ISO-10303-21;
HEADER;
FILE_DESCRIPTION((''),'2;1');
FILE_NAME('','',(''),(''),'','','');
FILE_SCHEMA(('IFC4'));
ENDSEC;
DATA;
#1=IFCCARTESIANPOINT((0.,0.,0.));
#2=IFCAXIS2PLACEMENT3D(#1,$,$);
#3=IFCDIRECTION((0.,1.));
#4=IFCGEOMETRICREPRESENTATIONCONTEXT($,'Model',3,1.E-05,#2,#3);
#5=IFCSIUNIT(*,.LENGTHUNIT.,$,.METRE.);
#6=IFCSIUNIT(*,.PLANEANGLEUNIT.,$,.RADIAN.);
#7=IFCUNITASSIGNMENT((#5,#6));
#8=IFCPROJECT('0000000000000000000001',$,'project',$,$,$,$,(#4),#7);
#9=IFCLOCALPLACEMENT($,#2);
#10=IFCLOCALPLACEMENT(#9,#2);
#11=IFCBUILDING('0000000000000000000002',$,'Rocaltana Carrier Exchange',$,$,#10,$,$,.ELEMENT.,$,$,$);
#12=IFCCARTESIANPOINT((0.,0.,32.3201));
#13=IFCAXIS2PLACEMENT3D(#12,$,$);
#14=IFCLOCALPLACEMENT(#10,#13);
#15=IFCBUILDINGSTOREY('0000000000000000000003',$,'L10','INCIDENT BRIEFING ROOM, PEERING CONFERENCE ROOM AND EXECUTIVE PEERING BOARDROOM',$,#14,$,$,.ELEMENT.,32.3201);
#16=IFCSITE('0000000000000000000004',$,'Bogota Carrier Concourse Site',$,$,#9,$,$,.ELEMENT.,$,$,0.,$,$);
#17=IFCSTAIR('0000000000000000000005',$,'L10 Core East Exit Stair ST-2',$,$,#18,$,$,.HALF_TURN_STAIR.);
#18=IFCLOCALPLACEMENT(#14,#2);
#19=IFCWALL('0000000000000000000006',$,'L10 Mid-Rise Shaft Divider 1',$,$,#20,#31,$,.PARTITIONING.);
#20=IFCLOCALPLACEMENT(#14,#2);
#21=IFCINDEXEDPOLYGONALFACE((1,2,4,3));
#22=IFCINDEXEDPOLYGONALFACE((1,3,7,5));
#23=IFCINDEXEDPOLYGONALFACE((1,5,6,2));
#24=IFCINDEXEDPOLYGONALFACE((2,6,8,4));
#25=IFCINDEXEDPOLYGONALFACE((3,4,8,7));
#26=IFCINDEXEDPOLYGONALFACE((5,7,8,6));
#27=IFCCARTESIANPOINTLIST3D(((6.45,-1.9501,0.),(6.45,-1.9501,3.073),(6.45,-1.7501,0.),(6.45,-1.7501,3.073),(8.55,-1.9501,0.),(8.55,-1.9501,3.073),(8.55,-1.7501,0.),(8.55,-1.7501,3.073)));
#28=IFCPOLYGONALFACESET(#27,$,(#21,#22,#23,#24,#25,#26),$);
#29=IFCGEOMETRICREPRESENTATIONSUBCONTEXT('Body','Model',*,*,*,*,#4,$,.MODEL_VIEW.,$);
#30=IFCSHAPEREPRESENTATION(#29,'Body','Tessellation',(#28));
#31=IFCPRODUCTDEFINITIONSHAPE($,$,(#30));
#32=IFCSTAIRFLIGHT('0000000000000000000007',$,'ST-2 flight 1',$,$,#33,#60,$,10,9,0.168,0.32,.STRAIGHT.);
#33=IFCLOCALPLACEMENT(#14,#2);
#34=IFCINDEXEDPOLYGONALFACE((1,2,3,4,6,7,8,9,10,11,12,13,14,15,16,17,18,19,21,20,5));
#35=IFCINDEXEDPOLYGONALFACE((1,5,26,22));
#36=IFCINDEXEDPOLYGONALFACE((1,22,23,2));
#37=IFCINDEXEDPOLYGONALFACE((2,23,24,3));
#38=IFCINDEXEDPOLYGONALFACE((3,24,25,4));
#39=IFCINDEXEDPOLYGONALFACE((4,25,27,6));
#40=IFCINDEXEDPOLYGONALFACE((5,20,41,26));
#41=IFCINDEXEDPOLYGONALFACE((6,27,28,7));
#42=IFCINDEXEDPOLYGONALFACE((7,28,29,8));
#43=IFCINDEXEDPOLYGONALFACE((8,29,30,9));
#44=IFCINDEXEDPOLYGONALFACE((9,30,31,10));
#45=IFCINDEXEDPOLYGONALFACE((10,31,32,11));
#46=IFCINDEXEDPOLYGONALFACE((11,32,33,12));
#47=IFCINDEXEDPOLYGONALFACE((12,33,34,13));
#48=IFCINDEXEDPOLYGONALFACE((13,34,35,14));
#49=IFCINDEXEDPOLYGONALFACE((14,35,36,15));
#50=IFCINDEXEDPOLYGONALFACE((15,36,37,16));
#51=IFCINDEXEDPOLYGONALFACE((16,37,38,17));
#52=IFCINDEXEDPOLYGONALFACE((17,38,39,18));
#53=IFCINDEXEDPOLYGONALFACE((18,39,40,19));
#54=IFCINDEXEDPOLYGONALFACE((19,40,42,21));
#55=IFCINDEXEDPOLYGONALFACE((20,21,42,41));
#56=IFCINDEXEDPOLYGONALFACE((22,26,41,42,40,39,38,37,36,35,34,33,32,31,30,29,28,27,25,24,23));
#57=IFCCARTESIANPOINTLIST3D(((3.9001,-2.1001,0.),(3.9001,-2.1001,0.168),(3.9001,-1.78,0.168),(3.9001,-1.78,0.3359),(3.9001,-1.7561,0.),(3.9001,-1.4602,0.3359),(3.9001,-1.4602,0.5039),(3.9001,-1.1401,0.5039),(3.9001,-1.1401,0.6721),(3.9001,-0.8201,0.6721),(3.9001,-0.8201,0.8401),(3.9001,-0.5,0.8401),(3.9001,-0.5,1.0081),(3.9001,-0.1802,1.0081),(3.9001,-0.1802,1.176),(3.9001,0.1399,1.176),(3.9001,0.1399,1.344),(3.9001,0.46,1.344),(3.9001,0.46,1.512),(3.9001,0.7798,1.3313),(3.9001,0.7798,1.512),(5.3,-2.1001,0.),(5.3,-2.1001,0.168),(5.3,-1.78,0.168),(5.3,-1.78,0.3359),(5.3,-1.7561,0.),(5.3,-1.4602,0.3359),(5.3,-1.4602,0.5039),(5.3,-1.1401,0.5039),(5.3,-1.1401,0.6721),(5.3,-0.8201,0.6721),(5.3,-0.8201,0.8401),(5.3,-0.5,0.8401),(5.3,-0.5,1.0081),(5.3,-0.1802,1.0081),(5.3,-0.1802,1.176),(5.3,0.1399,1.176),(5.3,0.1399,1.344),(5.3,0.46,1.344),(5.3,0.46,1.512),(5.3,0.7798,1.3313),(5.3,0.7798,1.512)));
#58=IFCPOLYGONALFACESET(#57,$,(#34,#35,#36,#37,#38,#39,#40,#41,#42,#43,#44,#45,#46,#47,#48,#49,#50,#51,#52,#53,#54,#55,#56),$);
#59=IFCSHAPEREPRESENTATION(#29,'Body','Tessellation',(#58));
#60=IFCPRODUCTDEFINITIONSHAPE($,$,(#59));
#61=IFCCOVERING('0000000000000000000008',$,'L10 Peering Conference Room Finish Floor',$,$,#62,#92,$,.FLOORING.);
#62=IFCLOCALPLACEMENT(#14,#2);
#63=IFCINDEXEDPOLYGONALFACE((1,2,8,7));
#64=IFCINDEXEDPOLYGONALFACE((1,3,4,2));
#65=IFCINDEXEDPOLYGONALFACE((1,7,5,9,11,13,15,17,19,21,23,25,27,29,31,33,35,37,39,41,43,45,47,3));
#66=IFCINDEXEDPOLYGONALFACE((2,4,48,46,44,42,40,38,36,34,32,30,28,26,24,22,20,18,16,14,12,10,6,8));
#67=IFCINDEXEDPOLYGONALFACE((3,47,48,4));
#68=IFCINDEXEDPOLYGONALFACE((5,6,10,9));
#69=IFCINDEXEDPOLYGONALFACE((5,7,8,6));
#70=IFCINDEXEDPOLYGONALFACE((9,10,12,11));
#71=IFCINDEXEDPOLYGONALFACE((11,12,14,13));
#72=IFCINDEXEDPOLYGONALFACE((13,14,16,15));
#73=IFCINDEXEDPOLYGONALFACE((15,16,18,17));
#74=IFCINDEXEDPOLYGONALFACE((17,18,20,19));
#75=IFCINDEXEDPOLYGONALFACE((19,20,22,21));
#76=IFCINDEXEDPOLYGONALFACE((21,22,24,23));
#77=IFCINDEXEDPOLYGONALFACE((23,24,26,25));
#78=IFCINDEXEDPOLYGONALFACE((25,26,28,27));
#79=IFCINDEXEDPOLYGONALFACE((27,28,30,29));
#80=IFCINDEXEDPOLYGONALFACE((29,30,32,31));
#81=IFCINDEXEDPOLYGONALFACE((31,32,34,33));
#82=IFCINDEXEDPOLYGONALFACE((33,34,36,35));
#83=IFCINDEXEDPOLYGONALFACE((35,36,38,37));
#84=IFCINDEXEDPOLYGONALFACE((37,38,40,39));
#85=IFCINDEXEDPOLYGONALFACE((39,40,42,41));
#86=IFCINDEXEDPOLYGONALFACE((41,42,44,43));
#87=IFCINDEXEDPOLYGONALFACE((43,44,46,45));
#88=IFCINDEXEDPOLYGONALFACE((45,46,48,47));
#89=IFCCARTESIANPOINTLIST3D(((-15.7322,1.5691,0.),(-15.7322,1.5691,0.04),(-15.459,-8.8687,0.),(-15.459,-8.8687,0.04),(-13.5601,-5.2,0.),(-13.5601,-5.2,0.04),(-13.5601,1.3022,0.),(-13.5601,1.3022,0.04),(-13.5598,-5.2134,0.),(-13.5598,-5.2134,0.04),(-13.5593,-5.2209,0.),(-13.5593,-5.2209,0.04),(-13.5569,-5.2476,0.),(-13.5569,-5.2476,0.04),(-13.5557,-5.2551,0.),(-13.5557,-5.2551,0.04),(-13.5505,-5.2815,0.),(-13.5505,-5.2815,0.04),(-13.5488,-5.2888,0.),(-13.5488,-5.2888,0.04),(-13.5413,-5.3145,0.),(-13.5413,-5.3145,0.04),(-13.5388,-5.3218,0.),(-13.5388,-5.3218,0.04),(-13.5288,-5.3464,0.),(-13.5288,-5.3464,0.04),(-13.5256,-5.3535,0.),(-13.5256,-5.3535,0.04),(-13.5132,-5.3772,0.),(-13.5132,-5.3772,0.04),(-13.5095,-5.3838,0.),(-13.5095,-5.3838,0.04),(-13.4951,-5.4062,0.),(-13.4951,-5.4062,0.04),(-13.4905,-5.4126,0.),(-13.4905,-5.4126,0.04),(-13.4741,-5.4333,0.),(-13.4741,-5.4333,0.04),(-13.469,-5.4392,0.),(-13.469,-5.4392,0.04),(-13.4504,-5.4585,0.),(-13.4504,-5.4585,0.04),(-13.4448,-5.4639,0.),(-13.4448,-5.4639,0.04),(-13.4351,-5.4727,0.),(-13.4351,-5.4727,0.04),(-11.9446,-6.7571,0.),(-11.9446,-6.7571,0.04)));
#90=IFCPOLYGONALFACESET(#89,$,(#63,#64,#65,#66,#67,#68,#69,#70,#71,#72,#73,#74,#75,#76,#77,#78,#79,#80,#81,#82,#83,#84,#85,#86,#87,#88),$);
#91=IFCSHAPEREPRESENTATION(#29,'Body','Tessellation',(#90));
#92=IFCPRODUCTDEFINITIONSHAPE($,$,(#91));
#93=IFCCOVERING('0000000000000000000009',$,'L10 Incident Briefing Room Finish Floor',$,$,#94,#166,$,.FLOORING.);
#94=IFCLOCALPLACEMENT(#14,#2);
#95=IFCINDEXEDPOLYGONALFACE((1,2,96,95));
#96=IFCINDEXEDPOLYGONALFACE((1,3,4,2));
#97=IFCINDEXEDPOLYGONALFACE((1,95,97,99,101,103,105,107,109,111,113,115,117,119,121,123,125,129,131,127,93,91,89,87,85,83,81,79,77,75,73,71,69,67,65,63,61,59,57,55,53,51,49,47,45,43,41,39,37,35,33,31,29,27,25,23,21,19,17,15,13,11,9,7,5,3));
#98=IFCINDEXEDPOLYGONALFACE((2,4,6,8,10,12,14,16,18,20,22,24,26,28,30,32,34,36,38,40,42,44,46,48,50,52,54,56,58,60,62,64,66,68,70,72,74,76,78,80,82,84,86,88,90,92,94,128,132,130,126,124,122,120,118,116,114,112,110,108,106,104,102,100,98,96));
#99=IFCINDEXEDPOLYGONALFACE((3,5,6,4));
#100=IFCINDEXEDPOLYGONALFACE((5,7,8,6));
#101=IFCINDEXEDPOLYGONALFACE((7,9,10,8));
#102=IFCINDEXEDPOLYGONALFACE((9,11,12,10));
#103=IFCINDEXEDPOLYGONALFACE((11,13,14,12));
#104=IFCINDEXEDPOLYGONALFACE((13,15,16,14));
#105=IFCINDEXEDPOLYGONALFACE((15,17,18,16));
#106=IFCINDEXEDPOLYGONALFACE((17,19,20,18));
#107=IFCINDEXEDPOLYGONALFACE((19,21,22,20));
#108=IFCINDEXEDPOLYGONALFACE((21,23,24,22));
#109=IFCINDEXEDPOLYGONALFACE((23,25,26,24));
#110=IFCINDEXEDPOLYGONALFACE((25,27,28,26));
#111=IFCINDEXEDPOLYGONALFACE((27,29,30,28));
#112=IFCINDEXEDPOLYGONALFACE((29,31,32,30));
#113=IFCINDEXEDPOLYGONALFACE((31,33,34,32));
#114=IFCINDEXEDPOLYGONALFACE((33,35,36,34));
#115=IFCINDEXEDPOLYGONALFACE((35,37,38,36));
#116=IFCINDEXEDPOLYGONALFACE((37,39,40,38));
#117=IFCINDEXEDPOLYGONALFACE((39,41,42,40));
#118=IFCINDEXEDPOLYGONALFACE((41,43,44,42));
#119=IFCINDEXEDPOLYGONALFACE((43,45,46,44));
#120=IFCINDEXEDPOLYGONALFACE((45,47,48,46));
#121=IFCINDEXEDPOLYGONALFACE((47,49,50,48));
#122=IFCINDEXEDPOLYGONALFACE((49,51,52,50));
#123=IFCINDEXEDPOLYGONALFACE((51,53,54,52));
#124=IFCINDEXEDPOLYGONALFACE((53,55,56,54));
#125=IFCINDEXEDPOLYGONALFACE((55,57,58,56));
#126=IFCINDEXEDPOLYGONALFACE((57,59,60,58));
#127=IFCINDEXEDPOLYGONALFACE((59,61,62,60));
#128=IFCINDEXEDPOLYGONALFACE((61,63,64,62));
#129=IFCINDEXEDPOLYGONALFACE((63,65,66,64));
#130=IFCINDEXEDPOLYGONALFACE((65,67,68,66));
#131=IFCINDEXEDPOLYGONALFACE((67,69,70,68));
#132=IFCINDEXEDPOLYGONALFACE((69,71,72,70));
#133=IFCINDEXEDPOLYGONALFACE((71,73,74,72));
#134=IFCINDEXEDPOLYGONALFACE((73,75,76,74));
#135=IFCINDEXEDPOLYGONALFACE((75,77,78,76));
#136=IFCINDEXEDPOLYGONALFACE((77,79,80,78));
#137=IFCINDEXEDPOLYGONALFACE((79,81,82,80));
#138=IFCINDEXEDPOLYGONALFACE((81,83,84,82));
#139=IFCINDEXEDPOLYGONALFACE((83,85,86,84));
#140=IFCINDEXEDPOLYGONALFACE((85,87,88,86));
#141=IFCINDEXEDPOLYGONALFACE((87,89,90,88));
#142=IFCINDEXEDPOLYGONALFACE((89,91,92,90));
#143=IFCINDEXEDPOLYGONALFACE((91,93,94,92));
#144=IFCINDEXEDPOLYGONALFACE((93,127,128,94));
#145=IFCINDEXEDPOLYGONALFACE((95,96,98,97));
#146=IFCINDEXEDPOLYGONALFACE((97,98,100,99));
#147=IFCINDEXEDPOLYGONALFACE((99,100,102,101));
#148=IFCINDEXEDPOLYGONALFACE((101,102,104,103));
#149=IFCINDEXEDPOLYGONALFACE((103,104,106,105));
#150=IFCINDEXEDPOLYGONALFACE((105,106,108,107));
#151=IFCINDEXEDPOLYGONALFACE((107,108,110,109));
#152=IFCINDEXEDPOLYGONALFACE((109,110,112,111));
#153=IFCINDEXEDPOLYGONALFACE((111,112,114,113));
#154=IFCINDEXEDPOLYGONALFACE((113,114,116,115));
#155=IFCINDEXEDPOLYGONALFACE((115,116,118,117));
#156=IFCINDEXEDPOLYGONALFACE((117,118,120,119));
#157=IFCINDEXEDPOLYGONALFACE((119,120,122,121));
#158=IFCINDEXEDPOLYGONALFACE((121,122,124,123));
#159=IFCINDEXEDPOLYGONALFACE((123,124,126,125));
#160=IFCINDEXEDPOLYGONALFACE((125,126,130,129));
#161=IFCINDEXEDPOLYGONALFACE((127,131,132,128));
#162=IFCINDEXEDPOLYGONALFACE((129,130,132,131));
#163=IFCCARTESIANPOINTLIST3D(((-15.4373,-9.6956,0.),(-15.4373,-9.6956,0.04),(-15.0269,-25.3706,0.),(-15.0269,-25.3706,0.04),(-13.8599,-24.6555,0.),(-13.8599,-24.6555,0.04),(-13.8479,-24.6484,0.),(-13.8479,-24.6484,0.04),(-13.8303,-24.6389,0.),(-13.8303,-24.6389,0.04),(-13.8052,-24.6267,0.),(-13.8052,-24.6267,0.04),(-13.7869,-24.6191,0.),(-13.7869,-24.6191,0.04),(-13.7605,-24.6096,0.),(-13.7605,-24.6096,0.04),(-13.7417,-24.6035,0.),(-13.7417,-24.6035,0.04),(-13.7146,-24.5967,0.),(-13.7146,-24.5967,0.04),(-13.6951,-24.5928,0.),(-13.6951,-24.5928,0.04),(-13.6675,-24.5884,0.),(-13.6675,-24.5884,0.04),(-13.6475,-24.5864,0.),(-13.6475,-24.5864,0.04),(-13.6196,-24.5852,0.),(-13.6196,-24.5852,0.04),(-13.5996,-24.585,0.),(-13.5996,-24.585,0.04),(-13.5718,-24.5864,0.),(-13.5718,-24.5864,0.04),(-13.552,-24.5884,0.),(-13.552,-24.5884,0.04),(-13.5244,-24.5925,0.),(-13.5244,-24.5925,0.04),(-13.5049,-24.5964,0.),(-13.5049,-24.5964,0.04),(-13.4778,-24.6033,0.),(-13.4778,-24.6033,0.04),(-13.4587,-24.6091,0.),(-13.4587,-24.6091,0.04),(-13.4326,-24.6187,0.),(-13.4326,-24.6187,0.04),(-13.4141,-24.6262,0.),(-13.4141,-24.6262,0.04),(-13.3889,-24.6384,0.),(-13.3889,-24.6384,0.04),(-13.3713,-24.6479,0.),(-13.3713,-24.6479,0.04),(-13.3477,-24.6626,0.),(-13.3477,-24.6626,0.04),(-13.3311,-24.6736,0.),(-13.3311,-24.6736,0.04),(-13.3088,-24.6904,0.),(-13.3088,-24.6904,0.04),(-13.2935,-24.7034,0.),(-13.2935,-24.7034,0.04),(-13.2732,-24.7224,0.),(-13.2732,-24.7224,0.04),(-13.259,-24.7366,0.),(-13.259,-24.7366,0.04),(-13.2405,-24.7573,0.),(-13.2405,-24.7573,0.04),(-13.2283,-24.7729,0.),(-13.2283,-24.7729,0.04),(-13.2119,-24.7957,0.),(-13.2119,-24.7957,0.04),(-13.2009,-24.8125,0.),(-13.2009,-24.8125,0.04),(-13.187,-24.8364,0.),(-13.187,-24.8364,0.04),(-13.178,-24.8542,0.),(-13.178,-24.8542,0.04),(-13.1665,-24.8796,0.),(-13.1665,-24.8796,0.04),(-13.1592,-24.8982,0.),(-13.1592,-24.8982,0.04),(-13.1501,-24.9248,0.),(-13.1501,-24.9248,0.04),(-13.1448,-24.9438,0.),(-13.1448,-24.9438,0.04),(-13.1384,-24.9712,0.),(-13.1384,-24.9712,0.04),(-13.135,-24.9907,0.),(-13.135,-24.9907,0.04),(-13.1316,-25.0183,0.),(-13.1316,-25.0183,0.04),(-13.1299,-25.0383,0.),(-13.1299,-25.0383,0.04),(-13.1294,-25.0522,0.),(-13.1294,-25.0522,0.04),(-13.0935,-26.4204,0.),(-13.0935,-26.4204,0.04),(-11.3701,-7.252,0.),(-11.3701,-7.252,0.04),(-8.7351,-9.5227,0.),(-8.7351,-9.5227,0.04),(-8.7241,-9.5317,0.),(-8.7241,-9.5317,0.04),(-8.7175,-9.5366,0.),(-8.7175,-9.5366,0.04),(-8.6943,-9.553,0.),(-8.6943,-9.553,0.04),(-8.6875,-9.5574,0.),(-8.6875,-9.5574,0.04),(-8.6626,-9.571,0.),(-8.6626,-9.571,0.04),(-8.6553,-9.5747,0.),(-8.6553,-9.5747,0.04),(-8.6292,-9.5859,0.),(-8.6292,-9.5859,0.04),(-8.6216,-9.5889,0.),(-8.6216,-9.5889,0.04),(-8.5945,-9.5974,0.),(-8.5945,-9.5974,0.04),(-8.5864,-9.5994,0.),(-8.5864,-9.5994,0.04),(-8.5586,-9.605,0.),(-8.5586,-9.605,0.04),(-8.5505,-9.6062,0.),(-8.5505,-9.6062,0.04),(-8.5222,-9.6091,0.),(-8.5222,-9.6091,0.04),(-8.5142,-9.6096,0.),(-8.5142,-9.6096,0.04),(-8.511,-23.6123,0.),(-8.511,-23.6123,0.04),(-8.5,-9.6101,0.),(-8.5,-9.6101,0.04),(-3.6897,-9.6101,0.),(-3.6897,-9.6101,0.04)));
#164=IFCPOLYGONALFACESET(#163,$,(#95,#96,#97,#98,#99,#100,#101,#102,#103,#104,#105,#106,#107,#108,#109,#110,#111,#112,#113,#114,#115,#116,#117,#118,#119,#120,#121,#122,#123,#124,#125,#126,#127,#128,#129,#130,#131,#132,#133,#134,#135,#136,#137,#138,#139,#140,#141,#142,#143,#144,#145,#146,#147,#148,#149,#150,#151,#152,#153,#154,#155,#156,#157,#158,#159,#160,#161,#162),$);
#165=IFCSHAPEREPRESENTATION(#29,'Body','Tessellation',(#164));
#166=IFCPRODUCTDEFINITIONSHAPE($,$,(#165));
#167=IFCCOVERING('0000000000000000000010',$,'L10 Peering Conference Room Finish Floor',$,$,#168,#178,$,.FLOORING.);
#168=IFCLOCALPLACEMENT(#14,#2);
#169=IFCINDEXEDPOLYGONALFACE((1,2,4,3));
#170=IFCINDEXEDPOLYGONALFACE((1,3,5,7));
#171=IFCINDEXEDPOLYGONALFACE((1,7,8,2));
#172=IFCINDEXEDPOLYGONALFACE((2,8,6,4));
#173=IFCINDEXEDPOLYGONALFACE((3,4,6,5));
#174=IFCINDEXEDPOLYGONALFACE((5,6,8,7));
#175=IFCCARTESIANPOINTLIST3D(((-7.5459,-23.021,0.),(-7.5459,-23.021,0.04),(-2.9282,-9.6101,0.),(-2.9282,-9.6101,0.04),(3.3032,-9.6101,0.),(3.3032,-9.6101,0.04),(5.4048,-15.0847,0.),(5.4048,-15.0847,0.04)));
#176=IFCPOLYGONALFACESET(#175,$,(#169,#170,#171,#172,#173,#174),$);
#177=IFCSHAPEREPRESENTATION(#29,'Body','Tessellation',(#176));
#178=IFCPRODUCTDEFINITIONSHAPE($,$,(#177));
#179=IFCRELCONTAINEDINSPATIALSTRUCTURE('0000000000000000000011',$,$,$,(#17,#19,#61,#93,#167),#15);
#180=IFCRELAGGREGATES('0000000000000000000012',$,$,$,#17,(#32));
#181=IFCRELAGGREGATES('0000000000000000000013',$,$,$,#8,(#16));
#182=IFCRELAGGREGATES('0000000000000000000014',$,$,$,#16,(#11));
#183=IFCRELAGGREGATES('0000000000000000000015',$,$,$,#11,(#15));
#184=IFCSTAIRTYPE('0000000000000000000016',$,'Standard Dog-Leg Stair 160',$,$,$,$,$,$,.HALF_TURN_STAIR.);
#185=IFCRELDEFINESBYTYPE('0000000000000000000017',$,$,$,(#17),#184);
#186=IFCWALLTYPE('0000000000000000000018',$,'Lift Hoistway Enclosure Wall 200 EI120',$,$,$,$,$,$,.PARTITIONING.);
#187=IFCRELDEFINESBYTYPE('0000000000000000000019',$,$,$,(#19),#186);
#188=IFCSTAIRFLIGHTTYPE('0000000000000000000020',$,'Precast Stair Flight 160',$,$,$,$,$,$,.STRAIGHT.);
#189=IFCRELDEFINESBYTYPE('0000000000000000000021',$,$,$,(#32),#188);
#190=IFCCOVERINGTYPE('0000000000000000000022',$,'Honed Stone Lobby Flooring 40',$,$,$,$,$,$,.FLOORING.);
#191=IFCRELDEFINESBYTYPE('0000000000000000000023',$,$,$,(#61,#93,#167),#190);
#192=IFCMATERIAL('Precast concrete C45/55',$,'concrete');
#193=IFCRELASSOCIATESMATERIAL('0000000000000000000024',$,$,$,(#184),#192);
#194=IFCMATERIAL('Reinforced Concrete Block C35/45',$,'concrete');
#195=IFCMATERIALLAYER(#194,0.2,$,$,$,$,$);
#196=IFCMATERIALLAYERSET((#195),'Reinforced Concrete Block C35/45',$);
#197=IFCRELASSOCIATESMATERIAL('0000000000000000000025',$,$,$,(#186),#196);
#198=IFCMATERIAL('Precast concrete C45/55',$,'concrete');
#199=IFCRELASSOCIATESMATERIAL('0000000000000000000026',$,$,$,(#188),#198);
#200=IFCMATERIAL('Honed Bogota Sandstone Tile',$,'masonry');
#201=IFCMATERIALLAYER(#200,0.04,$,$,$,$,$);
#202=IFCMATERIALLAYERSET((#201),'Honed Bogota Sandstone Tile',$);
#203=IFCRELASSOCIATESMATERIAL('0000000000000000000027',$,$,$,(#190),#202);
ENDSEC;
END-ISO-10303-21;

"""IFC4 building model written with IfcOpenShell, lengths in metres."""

from ifc_helpers import new_model, si_unit, direction, frame, frame_2d, origin, place, context, subcontext, project, spatial, polyline, rectangle, outline, extrude, material, layer, layer_set, type_object, element, aggregate, save


model = new_model("IFC4")

# Units and contexts
model_context = context("Model", 3, precision=1e-05, world=origin(), true_north=direction((0.0, 1.0)))
body_context = subcontext(model_context, "Body", "Model", "MODEL_VIEW")
ifc_project = project(units=[si_unit("LENGTHUNIT", "METRE"), si_unit("PLANEANGLEUNIT", "RADIAN")], contexts=[model_context])

# Site, building, storey
site_placement = place(None, origin())
site = spatial("IfcSite", under=ifc_project, at=site_placement, Name="Bogota Carrier Concourse Site", CompositionType="ELEMENT", RefElevation=0.0)
building_placement = place(site_placement, origin())
building = spatial("IfcBuilding", under=site, at=building_placement, Name="Rocaltana Carrier Exchange", CompositionType="ELEMENT")
storey_placement = place(building_placement, frame((0.0, 0.0, 32.3201)))
storey = spatial("IfcBuildingStorey", under=building, at=storey_placement, Name="L10", Description="INCIDENT BRIEFING ROOM, PEERING CONFERENCE ROOM AND EXECUTIVE PEERING BOARDROOM", CompositionType="ELEMENT", Elevation=32.3201)

# Stair
ifc_material_1 = material(Name="Precast concrete C45/55", Category="concrete")
stair_type = type_object("IfcStairType", Name="Standard Dog-Leg Stair 160", PredefinedType="HALF_TURN_STAIR", material=ifc_material_1)
stair_1_placement = place(storey_placement, origin())
stair_1 = element("IfcStair", 1, at=stair_1_placement, inside=storey, type_object=stair_type, Name="L10 Core East Exit Stair ST-2", PredefinedType="HALF_TURN_STAIR")

# Wall
ifc_material_2 = material(Name="Reinforced Concrete Block C35/45", Category="concrete")
ifc_layer_1 = layer(ifc_material_2, 0.2)
ifc_layer_set_1 = layer_set([ifc_layer_1], Name="Reinforced Concrete Block C35/45")
wall_type = type_object("IfcWallType", Name="Lift Hoistway Enclosure Wall 200 EI120", PredefinedType="PARTITIONING", material=ifc_layer_set_1)
wall_placement = place(storey_placement, frame((6.45, -1.8501, 0.0), z_axis=(0.0, 0.0, 1.0), x_axis=(1.0, 0.0, 0.0)))
element("IfcWall", 2, at=wall_placement, inside=storey, type_object=wall_type, Name="L10 Mid-Rise Shaft Divider 1", PredefinedType="PARTITIONING", context=body_context, shape_type="SweptSolid", body=[
    extrude(rectangle(XDim=2.1001, YDim=0.2, at=frame_2d((1.05, 0.0))), origin(), (0.0, 0.0, 1.0), 3.073),
])

# Stair flight
ifc_material_3 = material(Name="Precast concrete C45/55", Category="concrete")
stair_flight_type = type_object("IfcStairFlightType", Name="Precast Stair Flight 160", PredefinedType="STRAIGHT", material=ifc_material_3)
stair_flight_placement = place(storey_placement, frame((4.6001, -2.1001, 0.0), z_axis=(0.0, 0.0, 1.0), x_axis=(0.0, 1.0, 0.0)))
stair_flight = element("IfcStairFlight", 3, at=stair_flight_placement, type_object=stair_flight_type, Name="ST-2 flight 1", NumberOfRisers=10, NumberOfTreads=9, PredefinedType="STRAIGHT", RiserHeight=0.168, TreadLength=0.32, context=body_context, shape_type="SweptSolid", body=[
    extrude(outline(polyline([(0.0, 0.0), (0.0, 0.168), (0.3201, 0.168), (0.3201, 0.3359), (0.6399, 0.3359), (0.6399, 0.5039), (0.96, 0.5039), (0.96, 0.6721), (1.28, 0.6721), (1.28, 0.8401), (1.6001, 0.8401), (1.6001, 1.0081), (1.9199, 1.0081), (1.9199, 1.176), (2.24, 1.176), (2.24, 1.344), (2.5601, 1.344), (2.5601, 1.512), (2.8799, 1.512), (2.8799, 1.6799), (2.8799, 1.3313), (0.344, 0.0), (0.0, 0.0)])), frame((0.0, 0.7, 0.0), z_axis=(0.0, -1.0, 0.0), x_axis=(1.0, 0.0, 0.0)), (0.0, 0.0, 1.0), 1.3999),
])
aggregate(stair_1, [stair_flight])

# Coverings
ifc_material_4 = material(Name="Honed Bogota Sandstone Tile", Category="masonry")
ifc_layer_2 = layer(ifc_material_4, 0.04)
ifc_layer_set_2 = layer_set([ifc_layer_2], Name="Honed Bogota Sandstone Tile")
covering_type_1 = type_object("IfcCoveringType", Name="Honed Stone Lobby Flooring 40", PredefinedType="FLOORING", material=ifc_layer_set_2)
covering_1_placement = place(storey_placement, origin())
element("IfcCovering", 4, at=covering_1_placement, inside=storey, type_object=covering_type_1, Name="L10 Peering Conference Room Finish Floor", PredefinedType="FLOORING", context=body_context, shape_type="SweptSolid", body=[
    extrude(outline(polyline([(-15.7322, 1.5691), (-13.5601, 1.3022), (-13.5601, -5.2), (-13.5598, -5.2134), (-13.5593, -5.2209), (-13.5569, -5.2476), (-13.5557, -5.2551), (-13.5505, -5.2815), (-13.5488, -5.2888), (-13.5413, -5.3145), (-13.5388, -5.3218), (-13.5288, -5.3464), (-13.5256, -5.3535), (-13.5132, -5.3772), (-13.5095, -5.3838), (-13.4951, -5.4062), (-13.4905, -5.4126), (-13.4741, -5.4333), (-13.469, -5.4392), (-13.4504, -5.4585), (-13.4448, -5.4639), (-13.4351, -5.4727), (-11.9446, -6.7571), (-15.459, -8.8687), (-15.7322, 1.5691)])), origin(), (0.0, 0.0, 1.0), 0.04),
])
covering_2_placement = place(storey_placement, origin())
element("IfcCovering", 5, at=covering_2_placement, inside=storey, type_object=covering_type_1, Name="L10 Incident Briefing Room Finish Floor", PredefinedType="FLOORING", context=body_context, shape_type="SweptSolid", body=[
    extrude(outline(polyline([(-13.1294, -25.0522), (-13.1299, -25.0383), (-13.1316, -25.0183), (-13.135, -24.9907), (-13.1384, -24.9712), (-13.1448, -24.9438), (-13.1501, -24.9248), (-13.1592, -24.8982), (-13.1665, -24.8796), (-13.178, -24.8542), (-13.187, -24.8364), (-13.2009, -24.8125), (-13.2119, -24.7957), (-13.2283, -24.7729), (-13.2405, -24.7573), (-13.259, -24.7366), (-13.2732, -24.7224), (-13.2935, -24.7034), (-13.3088, -24.6904), (-13.3311, -24.6736), (-13.3477, -24.6626), (-13.3713, -24.6479), (-13.3889, -24.6384), (-13.4141, -24.6262), (-13.4326, -24.6187), (-13.4587, -24.6091), (-13.4778, -24.6033), (-13.5049, -24.5964), (-13.5244, -24.5925), (-13.552, -24.5884), (-13.5718, -24.5864), (-13.5996, -24.585), (-13.6196, -24.5852), (-13.6475, -24.5864), (-13.6675, -24.5884), (-13.6951, -24.5928), (-13.7146, -24.5967), (-13.7417, -24.6035), (-13.7605, -24.6096), (-13.7869, -24.6191), (-13.8052, -24.6267), (-13.8303, -24.6389), (-13.8479, -24.6484), (-13.8599, -24.6555), (-15.0269, -25.3706), (-15.4373, -9.6956), (-11.3701, -7.252), (-8.7351, -9.5227), (-8.7241, -9.5317), (-8.7175, -9.5366), (-8.6943, -9.553), (-8.6875, -9.5574), (-8.6626, -9.571), (-8.6553, -9.5747), (-8.6292, -9.5859), (-8.6216, -9.5889), (-8.5945, -9.5974), (-8.5864, -9.5994), (-8.5586, -9.605), (-8.5505, -9.6062), (-8.5222, -9.6091), (-8.5142, -9.6096), (-8.5, -9.6101), (-3.6897, -9.6101), (-8.511, -23.6123), (-13.0935, -26.4204), (-13.1294, -25.0522)])), origin(), (0.0, 0.0, 1.0), 0.04),
])
covering_3_placement = place(storey_placement, origin())
element("IfcCovering", 6, at=covering_3_placement, inside=storey, type_object=covering_type_1, Name="L10 Peering Conference Room Finish Floor", PredefinedType="FLOORING", context=body_context, shape_type="SweptSolid", body=[
    extrude(outline(polyline([(-7.5459, -23.021), (-2.9282, -9.6101), (3.3032, -9.6101), (5.4048, -15.0847), (-7.5459, -23.021)])), origin(), (0.0, 0.0, 1.0), 0.04),
])

save(model, "model.ifc")
